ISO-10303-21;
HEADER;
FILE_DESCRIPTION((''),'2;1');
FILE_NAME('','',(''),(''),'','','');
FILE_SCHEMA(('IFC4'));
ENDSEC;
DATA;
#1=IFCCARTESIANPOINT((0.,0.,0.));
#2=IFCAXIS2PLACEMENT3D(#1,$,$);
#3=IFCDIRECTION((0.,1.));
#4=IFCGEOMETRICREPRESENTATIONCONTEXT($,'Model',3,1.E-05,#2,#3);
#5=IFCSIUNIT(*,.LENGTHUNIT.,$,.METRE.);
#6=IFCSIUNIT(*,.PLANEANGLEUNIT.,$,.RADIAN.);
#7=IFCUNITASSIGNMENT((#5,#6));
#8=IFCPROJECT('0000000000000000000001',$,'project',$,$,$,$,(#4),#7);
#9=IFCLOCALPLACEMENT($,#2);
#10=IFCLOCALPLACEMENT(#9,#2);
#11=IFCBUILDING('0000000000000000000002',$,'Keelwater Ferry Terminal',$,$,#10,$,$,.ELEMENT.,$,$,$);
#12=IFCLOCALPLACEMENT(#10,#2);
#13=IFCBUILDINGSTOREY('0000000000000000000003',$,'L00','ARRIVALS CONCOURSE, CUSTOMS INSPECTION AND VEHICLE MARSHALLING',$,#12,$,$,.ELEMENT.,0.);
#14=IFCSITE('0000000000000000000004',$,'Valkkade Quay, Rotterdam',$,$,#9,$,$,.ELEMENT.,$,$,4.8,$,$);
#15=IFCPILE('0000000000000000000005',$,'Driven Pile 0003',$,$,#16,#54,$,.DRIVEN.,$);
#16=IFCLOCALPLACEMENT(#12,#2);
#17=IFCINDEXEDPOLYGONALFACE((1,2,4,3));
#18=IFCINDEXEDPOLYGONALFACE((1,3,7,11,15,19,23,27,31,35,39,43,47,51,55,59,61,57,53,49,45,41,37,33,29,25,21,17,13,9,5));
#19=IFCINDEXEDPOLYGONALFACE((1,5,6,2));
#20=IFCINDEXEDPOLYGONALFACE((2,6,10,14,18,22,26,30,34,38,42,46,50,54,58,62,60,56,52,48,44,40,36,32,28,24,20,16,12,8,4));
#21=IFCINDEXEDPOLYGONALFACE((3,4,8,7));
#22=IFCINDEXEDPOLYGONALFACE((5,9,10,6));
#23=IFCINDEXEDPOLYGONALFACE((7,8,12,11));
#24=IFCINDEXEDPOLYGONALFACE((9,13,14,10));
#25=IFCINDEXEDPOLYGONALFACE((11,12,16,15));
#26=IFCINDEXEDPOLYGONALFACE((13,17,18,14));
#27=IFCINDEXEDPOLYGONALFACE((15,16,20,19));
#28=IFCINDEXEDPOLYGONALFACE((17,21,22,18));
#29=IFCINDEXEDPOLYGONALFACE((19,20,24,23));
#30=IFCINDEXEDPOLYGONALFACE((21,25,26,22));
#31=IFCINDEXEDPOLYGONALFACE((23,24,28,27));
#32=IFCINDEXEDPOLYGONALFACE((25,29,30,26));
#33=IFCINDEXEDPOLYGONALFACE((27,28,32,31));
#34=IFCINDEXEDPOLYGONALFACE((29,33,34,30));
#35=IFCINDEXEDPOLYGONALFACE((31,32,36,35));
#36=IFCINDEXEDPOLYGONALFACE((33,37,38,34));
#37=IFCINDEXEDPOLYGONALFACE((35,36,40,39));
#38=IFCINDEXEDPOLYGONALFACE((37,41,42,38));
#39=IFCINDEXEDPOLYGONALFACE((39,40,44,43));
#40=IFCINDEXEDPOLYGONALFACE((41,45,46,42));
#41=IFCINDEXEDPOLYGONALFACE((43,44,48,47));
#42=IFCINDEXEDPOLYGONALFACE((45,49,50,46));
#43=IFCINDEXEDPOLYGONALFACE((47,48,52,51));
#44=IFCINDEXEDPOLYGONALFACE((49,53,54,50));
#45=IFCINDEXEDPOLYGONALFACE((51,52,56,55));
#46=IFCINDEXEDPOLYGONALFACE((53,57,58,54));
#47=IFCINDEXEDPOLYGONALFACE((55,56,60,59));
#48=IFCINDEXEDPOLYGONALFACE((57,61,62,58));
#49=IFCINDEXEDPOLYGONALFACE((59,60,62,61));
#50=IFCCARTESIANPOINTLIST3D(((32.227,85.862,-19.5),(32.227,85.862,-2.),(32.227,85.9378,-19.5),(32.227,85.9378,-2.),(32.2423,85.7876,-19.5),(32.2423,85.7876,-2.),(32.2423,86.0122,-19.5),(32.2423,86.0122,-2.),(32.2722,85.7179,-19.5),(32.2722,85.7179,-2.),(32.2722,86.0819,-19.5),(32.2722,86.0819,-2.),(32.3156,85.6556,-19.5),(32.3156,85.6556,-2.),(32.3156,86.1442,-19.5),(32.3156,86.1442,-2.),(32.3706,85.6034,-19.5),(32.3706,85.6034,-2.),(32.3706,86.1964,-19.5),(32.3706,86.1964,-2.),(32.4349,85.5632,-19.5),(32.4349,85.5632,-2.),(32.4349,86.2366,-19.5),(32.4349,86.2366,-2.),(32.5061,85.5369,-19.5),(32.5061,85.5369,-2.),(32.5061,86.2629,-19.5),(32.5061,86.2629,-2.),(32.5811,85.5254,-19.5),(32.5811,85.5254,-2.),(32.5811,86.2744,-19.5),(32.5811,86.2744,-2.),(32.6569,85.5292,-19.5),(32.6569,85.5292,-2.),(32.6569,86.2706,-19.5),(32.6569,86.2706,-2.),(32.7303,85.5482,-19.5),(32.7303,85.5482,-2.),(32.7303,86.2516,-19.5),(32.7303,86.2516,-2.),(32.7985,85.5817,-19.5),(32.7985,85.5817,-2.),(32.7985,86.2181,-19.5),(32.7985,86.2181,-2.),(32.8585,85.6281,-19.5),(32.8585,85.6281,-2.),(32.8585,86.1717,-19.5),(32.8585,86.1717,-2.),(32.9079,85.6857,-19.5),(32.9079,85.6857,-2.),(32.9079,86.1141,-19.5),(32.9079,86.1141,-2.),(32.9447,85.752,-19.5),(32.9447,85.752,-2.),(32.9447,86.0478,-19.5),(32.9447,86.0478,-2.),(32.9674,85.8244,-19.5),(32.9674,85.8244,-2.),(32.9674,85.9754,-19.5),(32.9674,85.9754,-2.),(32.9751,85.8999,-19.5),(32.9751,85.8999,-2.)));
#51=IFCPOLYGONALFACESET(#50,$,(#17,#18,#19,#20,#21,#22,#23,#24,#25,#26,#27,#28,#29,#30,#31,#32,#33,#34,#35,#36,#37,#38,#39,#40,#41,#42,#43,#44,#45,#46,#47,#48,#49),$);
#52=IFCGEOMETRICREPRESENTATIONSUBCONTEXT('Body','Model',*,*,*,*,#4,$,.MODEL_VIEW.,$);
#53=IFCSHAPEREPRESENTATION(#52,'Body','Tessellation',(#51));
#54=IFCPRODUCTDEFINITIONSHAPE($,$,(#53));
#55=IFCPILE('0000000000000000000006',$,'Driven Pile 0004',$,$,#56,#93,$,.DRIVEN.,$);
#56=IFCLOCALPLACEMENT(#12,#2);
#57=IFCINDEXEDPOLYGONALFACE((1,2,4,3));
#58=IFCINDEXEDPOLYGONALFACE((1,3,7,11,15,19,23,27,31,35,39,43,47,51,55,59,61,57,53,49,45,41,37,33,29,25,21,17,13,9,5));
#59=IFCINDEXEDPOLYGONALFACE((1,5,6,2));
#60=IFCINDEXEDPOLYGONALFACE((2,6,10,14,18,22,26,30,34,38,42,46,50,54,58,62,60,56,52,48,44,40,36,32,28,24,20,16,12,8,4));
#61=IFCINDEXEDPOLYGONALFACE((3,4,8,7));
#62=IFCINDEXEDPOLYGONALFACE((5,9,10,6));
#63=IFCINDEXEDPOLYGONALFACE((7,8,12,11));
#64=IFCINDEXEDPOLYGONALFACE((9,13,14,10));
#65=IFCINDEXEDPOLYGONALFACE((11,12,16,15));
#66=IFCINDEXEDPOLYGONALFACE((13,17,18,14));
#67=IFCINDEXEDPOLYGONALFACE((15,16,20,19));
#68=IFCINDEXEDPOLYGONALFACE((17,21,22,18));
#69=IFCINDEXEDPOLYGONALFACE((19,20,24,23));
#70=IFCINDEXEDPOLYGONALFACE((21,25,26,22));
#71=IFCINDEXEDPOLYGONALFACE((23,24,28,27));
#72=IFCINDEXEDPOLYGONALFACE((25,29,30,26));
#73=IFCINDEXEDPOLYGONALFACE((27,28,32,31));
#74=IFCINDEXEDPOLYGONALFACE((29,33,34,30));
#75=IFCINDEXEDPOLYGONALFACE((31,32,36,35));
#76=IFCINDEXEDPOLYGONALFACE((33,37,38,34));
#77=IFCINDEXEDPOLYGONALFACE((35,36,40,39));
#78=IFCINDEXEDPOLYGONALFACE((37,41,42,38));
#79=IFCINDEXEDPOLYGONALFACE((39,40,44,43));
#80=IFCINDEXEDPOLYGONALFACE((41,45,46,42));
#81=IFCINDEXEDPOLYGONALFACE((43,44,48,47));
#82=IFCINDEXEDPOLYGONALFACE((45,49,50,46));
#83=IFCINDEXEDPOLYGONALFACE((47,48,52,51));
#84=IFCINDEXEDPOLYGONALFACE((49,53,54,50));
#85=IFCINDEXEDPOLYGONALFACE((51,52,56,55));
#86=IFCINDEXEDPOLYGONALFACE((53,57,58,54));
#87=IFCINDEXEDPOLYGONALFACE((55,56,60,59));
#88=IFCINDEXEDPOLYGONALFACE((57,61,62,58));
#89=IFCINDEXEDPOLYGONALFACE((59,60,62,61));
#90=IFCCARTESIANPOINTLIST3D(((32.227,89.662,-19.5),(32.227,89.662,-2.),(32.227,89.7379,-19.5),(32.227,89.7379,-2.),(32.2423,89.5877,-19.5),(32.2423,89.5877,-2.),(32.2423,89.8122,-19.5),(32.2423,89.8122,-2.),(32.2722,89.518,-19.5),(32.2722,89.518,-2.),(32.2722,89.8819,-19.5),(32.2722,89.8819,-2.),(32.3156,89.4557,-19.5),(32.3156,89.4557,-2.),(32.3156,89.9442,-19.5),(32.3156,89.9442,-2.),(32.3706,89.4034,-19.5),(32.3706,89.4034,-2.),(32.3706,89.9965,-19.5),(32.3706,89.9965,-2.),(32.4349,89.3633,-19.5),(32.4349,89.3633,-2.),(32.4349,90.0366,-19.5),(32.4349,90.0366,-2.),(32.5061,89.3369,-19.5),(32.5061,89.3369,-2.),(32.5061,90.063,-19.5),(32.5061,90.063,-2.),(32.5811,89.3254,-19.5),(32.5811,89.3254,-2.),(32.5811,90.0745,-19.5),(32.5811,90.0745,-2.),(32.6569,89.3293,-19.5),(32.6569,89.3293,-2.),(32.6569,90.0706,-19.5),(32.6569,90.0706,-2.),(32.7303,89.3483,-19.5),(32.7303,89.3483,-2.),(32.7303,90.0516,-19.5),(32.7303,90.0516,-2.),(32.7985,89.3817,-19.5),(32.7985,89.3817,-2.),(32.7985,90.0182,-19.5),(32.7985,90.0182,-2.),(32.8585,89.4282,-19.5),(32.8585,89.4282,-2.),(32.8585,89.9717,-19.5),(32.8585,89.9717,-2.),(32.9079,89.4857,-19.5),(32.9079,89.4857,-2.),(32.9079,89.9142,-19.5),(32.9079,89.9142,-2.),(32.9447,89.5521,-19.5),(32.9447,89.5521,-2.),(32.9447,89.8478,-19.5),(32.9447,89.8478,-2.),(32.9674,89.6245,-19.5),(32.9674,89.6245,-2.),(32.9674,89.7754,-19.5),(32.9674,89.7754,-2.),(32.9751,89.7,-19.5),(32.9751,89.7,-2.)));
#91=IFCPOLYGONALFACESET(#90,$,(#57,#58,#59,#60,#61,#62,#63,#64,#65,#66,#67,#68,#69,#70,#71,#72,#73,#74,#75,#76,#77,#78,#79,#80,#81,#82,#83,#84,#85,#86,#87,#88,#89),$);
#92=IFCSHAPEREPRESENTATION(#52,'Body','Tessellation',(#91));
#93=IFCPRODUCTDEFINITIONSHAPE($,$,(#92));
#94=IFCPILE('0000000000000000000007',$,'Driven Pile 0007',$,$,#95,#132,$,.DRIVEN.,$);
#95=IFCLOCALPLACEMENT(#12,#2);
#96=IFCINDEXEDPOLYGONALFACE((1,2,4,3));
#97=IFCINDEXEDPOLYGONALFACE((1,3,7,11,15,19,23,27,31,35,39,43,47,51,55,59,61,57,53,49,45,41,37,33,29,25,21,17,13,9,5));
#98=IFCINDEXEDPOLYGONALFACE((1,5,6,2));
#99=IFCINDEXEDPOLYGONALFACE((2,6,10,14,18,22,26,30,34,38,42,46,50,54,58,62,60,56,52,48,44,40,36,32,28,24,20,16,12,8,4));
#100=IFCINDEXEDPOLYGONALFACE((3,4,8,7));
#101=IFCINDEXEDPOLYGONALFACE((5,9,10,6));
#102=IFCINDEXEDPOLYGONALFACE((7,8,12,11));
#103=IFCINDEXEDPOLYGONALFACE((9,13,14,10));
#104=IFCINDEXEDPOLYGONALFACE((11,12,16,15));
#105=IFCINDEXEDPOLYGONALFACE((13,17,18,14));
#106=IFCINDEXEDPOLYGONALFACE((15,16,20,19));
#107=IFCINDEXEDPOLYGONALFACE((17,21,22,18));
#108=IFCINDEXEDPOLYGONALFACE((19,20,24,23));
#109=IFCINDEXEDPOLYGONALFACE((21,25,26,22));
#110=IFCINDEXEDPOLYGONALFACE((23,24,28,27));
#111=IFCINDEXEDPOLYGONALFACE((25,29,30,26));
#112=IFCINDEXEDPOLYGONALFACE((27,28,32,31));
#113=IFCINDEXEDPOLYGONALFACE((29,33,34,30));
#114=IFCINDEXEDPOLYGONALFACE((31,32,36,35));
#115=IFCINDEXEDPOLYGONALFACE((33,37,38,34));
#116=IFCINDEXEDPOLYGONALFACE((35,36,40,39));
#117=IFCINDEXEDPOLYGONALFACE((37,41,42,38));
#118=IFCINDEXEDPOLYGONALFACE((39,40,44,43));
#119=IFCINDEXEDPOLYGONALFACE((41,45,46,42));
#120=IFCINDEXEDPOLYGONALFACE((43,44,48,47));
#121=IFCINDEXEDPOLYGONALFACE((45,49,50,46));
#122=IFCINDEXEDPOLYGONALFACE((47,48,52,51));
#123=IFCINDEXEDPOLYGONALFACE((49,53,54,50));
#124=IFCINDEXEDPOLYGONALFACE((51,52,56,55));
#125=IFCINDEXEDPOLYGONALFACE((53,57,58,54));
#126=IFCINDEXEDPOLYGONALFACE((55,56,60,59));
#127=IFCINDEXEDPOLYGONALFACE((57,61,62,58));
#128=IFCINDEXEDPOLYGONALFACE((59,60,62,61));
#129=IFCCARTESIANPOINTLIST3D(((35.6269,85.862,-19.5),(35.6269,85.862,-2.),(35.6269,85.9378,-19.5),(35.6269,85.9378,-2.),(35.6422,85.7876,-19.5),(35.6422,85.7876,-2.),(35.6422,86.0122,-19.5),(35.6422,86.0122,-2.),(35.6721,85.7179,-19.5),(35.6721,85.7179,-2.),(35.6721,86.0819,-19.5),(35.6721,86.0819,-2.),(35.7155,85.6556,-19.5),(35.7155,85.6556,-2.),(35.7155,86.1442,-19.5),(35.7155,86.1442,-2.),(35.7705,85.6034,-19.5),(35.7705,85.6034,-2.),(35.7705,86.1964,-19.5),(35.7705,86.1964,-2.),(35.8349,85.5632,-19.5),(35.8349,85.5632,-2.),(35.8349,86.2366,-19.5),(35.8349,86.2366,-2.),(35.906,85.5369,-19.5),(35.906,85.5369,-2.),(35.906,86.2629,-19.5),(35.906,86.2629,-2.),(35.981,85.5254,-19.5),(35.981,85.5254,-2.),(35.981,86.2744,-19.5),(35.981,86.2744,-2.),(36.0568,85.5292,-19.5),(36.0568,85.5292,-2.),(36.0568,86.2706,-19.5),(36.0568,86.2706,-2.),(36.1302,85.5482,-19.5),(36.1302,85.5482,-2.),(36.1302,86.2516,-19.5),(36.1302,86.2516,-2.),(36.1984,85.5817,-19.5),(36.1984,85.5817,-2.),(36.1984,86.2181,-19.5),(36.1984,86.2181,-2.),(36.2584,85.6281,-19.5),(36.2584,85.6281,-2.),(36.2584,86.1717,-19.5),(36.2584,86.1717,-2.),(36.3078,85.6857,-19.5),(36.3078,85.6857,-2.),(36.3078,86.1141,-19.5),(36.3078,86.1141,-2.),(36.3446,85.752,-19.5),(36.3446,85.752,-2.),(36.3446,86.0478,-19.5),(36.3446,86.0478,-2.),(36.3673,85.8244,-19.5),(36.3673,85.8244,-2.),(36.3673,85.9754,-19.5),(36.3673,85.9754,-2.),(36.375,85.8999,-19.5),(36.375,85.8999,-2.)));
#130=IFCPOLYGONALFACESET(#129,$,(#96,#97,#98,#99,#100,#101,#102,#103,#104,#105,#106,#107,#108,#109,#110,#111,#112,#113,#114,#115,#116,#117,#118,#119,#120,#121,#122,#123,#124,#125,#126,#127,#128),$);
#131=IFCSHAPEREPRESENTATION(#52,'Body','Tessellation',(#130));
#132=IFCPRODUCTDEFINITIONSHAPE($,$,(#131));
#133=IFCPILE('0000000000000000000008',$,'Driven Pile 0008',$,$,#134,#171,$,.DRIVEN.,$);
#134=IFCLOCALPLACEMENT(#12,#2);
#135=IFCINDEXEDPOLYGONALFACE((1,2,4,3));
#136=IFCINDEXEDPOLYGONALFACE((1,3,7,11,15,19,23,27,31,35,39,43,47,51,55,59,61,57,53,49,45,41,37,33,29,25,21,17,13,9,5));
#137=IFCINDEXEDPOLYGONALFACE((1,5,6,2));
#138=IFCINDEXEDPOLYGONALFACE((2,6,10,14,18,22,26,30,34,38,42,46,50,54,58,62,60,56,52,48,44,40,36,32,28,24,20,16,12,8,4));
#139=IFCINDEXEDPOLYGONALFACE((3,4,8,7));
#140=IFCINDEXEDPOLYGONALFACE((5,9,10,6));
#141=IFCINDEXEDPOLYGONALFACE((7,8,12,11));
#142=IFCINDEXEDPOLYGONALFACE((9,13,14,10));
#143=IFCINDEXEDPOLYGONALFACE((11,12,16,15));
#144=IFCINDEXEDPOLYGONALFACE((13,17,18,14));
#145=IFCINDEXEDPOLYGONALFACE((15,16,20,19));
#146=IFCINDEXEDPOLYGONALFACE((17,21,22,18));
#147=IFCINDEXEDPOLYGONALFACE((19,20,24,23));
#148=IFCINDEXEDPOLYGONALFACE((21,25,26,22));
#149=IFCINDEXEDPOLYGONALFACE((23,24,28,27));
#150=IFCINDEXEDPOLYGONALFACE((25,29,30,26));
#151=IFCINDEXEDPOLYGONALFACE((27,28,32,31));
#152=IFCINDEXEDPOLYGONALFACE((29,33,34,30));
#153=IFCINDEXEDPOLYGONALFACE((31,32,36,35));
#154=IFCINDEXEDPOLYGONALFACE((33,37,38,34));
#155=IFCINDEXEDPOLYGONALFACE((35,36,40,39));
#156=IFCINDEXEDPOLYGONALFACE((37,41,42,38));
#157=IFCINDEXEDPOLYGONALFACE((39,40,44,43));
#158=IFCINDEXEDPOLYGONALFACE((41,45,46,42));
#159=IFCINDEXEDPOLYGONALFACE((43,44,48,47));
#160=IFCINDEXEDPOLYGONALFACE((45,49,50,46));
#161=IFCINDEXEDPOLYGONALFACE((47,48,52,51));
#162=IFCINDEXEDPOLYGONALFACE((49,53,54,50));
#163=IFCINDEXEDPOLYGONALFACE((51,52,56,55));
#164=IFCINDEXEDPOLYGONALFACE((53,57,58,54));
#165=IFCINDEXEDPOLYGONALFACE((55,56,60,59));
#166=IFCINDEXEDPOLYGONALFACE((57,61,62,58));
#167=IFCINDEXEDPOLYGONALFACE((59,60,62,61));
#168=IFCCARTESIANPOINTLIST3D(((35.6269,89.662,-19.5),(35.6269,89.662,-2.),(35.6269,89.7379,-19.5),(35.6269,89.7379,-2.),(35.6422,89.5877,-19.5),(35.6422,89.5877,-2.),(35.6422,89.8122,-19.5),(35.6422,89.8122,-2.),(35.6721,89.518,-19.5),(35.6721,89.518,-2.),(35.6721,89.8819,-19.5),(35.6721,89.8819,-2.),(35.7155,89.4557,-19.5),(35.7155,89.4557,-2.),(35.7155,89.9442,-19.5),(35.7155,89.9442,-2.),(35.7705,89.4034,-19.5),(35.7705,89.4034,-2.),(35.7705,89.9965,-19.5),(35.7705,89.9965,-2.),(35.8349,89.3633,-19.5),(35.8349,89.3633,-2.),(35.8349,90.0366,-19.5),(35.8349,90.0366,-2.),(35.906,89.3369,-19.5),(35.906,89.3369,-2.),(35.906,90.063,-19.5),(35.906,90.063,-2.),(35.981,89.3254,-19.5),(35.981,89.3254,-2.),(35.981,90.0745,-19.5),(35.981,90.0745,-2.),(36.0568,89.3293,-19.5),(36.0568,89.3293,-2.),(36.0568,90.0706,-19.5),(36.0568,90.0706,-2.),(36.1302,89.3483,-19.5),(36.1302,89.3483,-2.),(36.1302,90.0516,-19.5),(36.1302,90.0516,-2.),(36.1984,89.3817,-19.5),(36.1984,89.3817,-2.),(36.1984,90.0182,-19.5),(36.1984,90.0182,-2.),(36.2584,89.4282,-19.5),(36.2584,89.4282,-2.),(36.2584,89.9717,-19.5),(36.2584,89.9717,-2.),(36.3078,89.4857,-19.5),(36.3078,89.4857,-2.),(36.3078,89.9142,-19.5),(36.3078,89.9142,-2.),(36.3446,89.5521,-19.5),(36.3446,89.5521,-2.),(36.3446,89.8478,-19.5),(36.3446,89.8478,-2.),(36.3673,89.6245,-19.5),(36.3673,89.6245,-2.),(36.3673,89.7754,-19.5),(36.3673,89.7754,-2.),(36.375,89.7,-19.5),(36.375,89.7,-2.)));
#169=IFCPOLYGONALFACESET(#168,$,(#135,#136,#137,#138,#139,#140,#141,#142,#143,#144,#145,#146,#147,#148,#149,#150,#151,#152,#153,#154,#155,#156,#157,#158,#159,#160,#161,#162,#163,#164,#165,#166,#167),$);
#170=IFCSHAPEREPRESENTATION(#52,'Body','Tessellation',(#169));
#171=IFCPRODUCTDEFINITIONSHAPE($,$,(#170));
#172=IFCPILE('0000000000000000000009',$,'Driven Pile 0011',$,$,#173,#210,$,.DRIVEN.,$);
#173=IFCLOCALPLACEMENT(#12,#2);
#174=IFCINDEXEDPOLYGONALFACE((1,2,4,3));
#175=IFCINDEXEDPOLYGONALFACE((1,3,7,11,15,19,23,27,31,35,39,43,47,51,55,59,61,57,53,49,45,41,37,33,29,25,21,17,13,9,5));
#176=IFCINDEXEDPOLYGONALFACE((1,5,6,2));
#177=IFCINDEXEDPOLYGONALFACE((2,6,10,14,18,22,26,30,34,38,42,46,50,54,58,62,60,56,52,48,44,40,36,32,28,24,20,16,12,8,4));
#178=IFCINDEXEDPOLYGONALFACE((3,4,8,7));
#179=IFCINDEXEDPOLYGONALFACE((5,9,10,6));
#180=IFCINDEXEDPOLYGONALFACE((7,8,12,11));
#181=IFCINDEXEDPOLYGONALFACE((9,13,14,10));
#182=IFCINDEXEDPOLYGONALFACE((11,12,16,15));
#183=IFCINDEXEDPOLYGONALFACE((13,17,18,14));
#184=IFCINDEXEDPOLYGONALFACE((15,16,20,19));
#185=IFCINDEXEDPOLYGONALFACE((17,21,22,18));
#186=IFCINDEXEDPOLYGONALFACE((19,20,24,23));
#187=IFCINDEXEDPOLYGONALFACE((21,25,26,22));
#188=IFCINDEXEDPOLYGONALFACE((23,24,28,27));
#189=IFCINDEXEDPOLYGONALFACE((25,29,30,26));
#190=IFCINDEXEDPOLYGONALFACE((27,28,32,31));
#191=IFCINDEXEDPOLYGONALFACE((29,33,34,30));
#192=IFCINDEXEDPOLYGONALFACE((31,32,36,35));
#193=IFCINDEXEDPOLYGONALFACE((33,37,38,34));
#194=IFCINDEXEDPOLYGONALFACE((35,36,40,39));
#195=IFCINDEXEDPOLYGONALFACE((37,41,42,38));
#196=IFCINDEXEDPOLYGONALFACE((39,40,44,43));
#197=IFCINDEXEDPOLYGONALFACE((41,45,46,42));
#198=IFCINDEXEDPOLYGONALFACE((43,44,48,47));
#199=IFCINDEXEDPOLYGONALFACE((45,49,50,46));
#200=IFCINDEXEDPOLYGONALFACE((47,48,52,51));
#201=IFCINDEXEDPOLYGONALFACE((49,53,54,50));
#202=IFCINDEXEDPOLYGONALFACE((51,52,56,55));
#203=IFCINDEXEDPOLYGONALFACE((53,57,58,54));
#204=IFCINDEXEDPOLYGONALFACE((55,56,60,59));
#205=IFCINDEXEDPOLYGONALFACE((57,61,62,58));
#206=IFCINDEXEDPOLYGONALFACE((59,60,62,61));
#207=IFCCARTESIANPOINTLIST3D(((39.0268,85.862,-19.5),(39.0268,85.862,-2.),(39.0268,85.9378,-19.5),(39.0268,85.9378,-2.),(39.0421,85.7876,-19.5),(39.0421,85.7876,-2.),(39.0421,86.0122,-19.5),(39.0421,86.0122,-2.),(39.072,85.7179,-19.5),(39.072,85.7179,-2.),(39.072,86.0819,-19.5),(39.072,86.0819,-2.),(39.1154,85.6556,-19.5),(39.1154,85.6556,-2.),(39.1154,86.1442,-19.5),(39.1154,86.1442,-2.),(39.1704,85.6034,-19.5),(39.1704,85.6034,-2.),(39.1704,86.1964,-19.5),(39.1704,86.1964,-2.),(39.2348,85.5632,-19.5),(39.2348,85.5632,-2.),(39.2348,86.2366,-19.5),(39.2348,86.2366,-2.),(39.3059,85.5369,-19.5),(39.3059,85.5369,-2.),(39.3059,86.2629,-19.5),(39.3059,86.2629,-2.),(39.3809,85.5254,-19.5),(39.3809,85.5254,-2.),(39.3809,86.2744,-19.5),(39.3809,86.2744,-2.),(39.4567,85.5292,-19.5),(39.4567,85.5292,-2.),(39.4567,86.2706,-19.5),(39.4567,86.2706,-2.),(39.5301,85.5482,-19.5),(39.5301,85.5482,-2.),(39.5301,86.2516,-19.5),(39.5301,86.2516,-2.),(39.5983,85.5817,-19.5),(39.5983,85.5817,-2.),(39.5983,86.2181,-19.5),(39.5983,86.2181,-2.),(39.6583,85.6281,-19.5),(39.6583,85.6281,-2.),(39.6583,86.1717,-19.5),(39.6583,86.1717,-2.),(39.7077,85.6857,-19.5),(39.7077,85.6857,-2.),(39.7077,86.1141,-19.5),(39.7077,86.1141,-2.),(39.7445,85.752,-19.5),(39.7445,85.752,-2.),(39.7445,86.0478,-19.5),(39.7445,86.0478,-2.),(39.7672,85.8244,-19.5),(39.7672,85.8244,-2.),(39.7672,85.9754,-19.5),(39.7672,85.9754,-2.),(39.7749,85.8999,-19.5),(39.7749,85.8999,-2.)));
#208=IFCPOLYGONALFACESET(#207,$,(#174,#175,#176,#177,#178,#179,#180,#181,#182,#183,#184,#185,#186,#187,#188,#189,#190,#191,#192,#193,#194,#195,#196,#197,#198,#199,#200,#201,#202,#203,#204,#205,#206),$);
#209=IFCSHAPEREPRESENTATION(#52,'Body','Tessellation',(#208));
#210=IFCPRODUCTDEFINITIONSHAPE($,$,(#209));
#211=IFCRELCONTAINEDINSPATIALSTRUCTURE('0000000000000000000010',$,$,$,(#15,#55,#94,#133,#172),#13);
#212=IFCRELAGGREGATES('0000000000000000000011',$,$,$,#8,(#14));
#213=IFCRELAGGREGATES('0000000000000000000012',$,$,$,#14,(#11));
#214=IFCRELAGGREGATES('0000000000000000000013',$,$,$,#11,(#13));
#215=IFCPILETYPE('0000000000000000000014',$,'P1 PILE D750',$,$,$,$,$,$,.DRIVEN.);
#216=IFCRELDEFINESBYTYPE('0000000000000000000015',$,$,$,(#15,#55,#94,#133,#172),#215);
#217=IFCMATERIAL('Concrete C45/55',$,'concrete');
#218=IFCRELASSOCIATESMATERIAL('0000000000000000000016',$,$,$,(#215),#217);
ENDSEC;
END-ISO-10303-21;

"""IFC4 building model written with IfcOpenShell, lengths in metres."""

from ifc_helpers import new_model, si_unit, direction, frame, origin, origin_2d, place, context, subcontext, project, spatial, circle, extrude, material, material_profile, profile_set, type_object, element, save


model = new_model("IFC4")

# Units and contexts
model_context = context("Model", 3, precision=1e-05, world=origin(), true_north=direction((0.0, 1.0)))
body_context = subcontext(model_context, "Body", "Model", "MODEL_VIEW")
ifc_project = project(units=[si_unit("LENGTHUNIT", "METRE"), si_unit("PLANEANGLEUNIT", "RADIAN")], contexts=[model_context])

# Site, building, storey
site_placement = place(None, origin())
site = spatial("IfcSite", under=ifc_project, at=site_placement, Name="Valkkade Quay, Rotterdam", CompositionType="ELEMENT", RefElevation=4.8)
building_placement = place(site_placement, origin())
building = spatial("IfcBuilding", under=site, at=building_placement, Name="Keelwater Ferry Terminal", CompositionType="ELEMENT")
storey_placement = place(building_placement, origin())
storey = spatial("IfcBuildingStorey", under=building, at=storey_placement, Name="L00", Description="ARRIVALS CONCOURSE, CUSTOMS INSPECTION AND VEHICLE MARSHALLING", CompositionType="ELEMENT", Elevation=0.0)

# Piles
ifc_material_1 = material(Name="Concrete C45/55", Category="concrete")
ifc_material_profile_1 = material_profile(ifc_material_1, circle(Radius=0.375, at=origin_2d()), Name="PILE D750")
ifc_profile_set_1 = profile_set([ifc_material_profile_1], Name="Concrete C45/55")
pile_type = type_object("IfcPileType", Name="P1 PILE D750", PredefinedType="DRIVEN", material=ifc_profile_set_1)
for number, where, z_axis, x_axis, name in (
    (1, (32.6001, 85.8999, -2.0), (0.0, 0.0, -1.0), (1.0, 0.0, 0.0), "Driven Pile 0003"),
    (2, (32.6001, 89.7, -2.0), (0.0, 0.0, -1.0), (1.0, 0.0, 0.0), "Driven Pile 0004"),
    (3, (36.0, 85.8999, -2.0), (0.0, 0.0, -1.0), (1.0, 0.0, 0.0), "Driven Pile 0007"),
    (4, (36.0, 89.7, -2.0), (0.0, 0.0, -1.0), (1.0, 0.0, 0.0), "Driven Pile 0008"),
    (5, (39.3999, 85.8999, -2.0), (0.0, 0.0, -1.0), (1.0, 0.0, 0.0), "Driven Pile 0011"),
):
    element("IfcPile", number, at=place(storey_placement, frame(where, z_axis=z_axis, x_axis=x_axis)), inside=storey, type_object=pile_type, Name=name, PredefinedType="DRIVEN", context=body_context, shape_type="SweptSolid", body=[
        extrude(circle(Radius=0.375, at=origin_2d()), origin(), (0.0, 0.0, 1.0), 17.5),
    ])

save(model, "model.ifc")
